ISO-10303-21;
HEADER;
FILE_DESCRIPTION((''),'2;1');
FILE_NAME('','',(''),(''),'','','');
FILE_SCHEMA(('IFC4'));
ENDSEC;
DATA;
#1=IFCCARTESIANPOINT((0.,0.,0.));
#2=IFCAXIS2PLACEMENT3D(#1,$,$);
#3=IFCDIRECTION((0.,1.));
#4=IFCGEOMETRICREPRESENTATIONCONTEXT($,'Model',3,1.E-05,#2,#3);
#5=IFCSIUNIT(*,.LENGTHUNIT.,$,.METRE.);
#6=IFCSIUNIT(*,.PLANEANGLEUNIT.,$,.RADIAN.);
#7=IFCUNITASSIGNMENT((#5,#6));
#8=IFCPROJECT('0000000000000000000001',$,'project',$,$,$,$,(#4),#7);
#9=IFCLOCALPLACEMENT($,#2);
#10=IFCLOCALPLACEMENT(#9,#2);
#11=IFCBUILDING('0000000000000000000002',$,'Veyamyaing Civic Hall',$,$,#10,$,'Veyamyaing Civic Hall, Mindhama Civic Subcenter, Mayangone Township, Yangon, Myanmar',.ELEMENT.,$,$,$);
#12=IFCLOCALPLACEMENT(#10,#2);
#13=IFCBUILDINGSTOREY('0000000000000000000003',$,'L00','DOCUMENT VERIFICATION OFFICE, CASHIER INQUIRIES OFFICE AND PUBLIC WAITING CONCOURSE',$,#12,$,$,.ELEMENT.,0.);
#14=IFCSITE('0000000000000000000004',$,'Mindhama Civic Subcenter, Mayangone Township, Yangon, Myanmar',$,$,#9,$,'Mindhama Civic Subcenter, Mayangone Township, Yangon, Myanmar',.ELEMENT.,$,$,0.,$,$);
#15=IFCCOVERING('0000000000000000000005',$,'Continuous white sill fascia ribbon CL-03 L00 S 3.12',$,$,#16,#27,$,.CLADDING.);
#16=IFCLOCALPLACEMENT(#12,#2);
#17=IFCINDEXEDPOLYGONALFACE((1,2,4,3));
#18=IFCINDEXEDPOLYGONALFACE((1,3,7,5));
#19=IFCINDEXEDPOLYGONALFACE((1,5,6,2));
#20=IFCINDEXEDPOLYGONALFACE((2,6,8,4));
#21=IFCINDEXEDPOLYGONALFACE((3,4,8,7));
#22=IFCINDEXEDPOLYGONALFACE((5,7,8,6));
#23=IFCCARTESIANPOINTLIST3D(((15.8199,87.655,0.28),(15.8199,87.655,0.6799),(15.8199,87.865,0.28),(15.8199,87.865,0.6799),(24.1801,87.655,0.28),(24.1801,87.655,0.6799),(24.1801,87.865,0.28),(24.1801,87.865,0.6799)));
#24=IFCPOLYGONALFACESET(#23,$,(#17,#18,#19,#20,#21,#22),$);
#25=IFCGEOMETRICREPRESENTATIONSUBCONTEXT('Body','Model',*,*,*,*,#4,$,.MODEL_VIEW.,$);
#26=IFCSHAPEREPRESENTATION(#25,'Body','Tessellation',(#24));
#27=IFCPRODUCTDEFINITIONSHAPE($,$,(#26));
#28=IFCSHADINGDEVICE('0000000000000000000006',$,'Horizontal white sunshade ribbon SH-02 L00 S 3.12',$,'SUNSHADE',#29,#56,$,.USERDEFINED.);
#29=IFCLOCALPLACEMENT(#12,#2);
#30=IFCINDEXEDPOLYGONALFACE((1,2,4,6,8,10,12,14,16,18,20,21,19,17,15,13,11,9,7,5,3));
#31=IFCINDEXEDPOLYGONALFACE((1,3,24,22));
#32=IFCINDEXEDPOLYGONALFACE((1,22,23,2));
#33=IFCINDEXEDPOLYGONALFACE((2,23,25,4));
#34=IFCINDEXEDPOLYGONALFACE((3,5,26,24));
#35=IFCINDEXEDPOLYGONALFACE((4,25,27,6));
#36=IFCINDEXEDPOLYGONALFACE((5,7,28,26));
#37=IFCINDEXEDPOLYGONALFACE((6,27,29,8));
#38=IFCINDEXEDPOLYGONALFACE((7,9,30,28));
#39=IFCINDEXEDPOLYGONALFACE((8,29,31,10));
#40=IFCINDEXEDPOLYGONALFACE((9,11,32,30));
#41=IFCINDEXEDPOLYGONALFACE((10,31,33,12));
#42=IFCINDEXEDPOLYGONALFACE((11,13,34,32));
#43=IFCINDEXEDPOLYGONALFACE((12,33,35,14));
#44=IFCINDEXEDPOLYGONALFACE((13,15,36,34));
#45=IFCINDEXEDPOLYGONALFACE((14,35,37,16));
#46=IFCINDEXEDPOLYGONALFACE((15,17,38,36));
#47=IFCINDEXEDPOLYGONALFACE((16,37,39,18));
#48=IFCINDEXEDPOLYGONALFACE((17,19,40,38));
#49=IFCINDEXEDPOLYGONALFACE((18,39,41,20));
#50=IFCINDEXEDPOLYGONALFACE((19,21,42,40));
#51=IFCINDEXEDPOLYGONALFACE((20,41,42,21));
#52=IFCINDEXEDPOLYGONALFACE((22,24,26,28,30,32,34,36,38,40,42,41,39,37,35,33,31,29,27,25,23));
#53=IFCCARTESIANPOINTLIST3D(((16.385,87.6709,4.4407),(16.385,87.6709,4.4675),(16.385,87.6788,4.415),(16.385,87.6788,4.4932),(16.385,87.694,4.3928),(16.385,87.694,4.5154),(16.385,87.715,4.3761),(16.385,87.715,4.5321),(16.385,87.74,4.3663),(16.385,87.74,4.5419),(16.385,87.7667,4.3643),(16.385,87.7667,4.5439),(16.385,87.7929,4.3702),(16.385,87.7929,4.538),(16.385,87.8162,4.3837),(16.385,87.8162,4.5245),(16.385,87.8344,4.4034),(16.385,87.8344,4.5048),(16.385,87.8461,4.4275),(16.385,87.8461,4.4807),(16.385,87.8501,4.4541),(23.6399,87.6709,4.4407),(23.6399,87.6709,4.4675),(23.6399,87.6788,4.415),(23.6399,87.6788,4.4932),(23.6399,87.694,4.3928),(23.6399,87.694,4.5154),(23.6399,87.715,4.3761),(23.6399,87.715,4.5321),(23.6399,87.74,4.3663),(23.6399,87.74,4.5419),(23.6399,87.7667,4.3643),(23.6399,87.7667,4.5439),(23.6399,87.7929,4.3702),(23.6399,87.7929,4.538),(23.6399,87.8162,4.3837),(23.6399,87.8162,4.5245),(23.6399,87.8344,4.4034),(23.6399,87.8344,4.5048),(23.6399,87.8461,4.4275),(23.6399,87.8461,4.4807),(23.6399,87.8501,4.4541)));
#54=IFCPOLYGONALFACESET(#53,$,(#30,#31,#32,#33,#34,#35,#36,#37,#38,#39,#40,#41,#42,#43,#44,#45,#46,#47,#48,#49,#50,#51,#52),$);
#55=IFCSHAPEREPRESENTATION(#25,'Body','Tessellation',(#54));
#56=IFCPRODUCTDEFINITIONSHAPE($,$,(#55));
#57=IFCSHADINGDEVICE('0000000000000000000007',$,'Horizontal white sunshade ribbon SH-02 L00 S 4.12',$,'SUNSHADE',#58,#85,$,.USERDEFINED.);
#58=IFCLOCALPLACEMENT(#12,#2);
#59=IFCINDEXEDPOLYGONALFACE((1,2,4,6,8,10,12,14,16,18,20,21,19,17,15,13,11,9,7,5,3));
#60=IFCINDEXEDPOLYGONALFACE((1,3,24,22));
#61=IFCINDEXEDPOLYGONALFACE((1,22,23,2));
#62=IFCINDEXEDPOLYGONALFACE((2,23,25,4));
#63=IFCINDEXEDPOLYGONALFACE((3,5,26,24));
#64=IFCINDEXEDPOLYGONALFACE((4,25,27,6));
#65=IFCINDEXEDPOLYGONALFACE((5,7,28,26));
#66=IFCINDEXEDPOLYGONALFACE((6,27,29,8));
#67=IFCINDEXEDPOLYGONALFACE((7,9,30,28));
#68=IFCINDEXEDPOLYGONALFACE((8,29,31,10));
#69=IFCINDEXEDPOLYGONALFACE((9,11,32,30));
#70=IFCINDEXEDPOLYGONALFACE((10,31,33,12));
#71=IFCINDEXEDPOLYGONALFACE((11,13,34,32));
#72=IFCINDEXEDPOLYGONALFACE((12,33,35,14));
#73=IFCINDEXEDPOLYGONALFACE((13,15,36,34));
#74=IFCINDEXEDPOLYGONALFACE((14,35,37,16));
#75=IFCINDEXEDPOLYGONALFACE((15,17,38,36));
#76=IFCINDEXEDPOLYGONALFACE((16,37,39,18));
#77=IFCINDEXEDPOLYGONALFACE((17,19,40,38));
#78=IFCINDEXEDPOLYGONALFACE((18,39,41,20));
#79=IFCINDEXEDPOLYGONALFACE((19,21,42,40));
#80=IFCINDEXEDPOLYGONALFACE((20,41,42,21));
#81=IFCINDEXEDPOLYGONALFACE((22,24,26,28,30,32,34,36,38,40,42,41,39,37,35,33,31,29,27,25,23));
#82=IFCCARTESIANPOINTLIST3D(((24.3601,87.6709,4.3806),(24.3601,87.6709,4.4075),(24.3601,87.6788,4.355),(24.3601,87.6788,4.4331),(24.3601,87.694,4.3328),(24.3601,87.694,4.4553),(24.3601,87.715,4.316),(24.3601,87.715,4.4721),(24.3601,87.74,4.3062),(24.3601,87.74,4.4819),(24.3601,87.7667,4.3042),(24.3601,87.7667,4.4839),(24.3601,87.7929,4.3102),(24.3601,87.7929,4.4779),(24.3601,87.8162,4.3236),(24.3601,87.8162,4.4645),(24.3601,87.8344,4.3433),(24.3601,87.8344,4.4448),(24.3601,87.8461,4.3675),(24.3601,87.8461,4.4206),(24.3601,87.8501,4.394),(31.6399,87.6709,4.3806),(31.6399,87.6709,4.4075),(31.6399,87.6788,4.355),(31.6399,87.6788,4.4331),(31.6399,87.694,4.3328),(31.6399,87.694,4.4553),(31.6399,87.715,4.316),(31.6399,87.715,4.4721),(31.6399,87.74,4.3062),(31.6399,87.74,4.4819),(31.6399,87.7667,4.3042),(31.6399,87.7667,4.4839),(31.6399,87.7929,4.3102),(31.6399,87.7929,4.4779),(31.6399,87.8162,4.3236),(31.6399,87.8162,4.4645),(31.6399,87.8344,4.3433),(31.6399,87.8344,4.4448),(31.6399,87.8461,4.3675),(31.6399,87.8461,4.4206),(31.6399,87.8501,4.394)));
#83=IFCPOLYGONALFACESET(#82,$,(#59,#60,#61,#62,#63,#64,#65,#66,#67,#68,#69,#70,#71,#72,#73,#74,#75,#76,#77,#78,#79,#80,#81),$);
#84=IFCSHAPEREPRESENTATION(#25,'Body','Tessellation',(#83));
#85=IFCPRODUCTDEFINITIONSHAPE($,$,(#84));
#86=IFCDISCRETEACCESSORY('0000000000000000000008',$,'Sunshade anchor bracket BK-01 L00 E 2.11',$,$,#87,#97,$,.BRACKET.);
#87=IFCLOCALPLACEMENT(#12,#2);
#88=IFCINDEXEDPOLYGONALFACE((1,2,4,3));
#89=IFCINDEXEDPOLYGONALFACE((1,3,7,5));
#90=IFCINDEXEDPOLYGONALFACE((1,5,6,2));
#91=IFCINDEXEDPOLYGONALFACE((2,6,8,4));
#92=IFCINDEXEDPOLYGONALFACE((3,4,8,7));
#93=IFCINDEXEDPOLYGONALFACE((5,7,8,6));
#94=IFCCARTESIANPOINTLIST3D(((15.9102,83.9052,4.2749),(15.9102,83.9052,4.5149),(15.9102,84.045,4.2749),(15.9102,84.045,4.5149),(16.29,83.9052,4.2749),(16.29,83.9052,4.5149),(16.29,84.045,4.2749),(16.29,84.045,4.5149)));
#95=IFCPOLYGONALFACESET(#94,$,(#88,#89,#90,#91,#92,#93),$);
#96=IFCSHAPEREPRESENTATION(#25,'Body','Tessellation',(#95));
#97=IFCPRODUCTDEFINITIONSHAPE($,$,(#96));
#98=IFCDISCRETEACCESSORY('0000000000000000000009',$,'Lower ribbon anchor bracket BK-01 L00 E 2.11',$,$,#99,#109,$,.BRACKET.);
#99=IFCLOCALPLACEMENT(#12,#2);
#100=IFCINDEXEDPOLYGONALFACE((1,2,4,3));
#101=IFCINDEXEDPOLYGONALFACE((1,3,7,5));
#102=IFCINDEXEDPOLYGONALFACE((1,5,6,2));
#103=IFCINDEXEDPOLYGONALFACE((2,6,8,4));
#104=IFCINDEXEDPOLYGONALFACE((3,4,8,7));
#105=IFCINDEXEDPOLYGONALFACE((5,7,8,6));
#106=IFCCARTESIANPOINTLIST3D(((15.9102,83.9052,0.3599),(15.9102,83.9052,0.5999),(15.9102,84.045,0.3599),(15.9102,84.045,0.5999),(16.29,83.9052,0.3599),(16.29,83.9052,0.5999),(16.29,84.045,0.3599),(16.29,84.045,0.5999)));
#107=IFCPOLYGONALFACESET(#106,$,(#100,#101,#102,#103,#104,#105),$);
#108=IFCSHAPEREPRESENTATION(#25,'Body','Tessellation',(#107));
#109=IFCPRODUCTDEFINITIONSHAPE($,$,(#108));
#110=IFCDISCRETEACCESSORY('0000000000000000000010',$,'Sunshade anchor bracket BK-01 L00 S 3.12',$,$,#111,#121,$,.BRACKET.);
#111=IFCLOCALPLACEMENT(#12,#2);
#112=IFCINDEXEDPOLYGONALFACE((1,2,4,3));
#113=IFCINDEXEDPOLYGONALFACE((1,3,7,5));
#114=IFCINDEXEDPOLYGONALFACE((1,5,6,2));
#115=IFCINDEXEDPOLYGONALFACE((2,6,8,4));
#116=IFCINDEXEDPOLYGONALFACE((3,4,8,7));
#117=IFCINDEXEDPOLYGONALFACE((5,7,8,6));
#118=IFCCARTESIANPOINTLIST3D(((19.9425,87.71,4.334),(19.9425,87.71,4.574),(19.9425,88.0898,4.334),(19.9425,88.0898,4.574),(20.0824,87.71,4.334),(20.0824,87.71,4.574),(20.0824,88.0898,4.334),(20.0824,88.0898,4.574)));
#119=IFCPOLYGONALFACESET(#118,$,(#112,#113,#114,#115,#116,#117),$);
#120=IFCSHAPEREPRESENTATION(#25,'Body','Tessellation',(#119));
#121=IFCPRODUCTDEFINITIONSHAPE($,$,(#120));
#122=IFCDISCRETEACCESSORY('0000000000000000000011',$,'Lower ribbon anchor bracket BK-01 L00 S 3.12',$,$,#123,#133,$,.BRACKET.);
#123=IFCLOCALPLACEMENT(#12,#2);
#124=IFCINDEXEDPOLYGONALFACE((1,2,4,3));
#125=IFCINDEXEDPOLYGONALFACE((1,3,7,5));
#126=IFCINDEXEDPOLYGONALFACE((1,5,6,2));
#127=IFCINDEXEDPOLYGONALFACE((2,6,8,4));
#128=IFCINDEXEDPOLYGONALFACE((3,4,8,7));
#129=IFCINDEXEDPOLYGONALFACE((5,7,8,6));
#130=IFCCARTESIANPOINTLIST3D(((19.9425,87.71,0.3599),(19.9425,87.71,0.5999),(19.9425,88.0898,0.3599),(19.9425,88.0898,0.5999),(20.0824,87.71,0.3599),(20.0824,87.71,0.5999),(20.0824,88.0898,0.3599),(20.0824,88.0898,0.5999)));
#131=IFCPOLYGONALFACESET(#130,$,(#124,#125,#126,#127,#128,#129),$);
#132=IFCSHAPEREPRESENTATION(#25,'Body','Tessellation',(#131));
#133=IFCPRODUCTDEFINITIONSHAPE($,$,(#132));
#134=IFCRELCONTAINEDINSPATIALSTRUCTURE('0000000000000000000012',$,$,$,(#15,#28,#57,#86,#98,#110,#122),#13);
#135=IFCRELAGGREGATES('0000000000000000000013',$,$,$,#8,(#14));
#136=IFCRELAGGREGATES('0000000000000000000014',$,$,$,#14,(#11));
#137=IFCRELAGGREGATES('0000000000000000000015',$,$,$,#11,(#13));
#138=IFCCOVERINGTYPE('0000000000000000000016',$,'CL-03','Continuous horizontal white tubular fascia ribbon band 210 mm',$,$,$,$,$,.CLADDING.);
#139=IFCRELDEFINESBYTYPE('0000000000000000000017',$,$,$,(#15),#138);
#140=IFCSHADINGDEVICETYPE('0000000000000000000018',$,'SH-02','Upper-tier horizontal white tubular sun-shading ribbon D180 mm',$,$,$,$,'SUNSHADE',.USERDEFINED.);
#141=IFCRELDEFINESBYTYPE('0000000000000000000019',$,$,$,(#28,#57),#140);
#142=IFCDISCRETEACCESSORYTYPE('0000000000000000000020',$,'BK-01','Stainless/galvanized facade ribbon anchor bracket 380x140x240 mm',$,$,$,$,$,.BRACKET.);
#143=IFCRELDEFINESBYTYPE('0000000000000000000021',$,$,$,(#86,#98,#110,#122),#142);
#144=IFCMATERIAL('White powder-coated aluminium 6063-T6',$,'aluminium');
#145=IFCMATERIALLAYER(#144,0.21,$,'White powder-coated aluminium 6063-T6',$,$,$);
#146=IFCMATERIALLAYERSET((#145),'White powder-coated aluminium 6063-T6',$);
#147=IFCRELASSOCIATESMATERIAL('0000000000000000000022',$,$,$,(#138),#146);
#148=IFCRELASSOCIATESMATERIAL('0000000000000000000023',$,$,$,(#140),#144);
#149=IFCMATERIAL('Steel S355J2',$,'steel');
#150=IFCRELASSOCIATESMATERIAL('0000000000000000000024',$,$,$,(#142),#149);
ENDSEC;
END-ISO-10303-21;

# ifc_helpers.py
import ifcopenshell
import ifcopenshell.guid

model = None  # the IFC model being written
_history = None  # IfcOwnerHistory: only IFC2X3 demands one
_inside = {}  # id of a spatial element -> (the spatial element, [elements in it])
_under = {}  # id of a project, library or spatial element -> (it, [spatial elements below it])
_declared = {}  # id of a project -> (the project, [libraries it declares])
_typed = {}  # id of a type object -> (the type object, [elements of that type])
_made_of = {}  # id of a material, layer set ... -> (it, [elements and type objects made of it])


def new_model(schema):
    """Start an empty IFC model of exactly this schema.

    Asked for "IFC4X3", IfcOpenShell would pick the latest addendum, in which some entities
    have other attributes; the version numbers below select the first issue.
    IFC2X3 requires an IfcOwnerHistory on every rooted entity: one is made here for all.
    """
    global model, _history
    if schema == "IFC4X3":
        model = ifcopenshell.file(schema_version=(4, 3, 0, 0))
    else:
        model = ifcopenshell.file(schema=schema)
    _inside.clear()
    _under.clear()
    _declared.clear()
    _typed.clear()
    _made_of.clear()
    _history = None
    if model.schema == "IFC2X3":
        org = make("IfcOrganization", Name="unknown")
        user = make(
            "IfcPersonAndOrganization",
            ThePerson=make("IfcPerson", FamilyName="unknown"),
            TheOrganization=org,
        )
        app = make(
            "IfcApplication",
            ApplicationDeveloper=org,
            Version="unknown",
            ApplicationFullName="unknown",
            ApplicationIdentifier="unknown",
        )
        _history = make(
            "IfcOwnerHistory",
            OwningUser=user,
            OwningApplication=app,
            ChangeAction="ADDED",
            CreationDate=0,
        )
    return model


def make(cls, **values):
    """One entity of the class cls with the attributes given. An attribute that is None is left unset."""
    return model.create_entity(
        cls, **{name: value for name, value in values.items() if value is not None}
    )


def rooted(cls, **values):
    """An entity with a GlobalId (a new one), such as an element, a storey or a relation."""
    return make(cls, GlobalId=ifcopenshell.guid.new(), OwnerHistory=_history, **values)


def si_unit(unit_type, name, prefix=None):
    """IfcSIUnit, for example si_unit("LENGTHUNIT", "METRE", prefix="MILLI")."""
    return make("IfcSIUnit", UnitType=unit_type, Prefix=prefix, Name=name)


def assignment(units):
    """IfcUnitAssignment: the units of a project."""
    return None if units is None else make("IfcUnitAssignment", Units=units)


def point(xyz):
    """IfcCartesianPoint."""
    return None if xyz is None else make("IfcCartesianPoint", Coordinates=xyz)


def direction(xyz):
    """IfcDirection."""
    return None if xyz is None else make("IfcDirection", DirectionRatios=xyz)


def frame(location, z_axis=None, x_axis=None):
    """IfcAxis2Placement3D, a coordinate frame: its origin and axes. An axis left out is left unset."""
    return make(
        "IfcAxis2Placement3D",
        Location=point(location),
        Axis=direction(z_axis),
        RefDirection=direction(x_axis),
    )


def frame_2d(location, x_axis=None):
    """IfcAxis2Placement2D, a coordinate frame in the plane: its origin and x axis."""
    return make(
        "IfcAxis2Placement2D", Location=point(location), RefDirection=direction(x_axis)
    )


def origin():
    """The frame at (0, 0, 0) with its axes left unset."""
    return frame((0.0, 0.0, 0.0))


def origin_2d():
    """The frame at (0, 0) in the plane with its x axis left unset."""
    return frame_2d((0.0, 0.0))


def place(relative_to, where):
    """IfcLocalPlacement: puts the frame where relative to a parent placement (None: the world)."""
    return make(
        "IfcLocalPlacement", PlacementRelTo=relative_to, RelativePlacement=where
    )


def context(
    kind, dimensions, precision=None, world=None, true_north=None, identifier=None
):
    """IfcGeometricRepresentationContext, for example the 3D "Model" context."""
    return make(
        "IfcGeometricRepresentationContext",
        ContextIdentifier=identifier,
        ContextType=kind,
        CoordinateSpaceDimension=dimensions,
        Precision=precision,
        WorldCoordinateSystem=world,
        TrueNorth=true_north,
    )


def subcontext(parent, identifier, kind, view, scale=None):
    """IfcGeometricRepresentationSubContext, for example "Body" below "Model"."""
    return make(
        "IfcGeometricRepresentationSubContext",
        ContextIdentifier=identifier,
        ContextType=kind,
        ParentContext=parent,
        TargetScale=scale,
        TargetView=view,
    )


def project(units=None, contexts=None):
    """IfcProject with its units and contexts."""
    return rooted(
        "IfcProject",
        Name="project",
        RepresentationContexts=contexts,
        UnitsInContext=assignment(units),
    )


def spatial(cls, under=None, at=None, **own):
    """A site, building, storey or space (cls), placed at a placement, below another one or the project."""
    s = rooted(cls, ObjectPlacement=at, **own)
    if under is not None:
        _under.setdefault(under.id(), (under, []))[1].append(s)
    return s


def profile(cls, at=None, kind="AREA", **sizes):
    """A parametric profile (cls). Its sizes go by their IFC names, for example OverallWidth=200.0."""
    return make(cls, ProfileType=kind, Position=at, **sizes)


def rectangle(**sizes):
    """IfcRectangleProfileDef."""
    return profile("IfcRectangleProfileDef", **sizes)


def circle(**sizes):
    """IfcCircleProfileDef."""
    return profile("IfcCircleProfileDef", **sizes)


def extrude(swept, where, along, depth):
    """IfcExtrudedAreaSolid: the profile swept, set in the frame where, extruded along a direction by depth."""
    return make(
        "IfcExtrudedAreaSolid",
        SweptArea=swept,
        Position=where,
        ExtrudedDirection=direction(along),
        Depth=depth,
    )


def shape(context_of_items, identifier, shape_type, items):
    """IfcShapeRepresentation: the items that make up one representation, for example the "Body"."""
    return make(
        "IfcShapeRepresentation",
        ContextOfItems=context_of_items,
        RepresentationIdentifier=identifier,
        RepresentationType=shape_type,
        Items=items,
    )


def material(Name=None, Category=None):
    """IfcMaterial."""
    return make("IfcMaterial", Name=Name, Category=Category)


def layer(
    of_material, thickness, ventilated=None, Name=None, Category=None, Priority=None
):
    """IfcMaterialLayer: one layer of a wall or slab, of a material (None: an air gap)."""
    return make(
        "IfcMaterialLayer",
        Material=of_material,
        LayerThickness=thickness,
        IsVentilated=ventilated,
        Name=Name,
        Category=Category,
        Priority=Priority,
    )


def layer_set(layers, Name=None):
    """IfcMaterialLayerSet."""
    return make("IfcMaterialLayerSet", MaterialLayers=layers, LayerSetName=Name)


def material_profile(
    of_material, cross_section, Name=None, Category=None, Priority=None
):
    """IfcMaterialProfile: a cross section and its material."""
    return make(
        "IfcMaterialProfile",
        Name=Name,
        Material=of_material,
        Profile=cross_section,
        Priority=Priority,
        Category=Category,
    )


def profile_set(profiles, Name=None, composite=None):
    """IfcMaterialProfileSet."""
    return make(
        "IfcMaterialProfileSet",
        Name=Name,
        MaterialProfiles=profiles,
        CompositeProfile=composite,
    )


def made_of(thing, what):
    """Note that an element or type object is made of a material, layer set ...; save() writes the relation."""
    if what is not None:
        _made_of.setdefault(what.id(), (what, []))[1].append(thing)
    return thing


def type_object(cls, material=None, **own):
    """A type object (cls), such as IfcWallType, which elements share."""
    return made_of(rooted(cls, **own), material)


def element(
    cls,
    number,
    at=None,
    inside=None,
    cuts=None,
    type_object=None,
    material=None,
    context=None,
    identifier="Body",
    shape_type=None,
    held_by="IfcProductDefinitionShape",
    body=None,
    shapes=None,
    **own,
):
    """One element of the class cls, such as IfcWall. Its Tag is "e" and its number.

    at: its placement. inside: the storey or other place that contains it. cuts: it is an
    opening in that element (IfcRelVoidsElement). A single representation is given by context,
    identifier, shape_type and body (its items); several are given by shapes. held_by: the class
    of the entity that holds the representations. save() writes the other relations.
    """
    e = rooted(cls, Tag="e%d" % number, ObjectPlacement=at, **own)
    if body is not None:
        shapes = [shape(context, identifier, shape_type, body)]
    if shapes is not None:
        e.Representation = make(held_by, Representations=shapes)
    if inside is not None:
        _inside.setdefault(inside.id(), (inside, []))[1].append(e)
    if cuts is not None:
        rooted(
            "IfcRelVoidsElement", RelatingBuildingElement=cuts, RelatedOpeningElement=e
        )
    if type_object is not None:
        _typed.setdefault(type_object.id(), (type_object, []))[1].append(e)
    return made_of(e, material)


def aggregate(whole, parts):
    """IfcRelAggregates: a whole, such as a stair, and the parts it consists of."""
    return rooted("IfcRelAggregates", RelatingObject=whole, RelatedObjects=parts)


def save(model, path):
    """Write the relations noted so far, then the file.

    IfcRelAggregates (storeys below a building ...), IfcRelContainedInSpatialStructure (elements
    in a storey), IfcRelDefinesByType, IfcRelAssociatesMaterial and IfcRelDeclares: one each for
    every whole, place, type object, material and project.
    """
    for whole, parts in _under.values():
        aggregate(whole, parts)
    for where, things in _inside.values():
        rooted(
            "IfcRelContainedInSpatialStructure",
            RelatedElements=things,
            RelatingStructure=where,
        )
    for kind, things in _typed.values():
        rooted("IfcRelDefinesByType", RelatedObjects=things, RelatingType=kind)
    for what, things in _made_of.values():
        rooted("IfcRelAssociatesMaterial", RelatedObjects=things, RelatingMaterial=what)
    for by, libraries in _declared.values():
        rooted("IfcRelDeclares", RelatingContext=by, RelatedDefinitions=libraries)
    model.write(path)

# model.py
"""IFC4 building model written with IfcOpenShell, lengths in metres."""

from ifc_helpers import new_model, si_unit, direction, frame, origin, origin_2d, place, context, subcontext, project, spatial, rectangle, circle, extrude, material, layer, layer_set, material_profile, profile_set, type_object, element, save


model = new_model("IFC4")

# Units and contexts
model_context = context("Model", 3, precision=1e-05, world=origin(), true_north=direction((0.0, 1.0)))
body_context = subcontext(model_context, "Body", "Model", "MODEL_VIEW")
ifc_project = project(units=[si_unit("LENGTHUNIT", "METRE"), si_unit("PLANEANGLEUNIT", "RADIAN")], contexts=[model_context])

# Site, building, storey
site_placement = place(None, origin())
site = spatial("IfcSite", under=ifc_project, at=site_placement, Name="Mindhama Civic Subcenter, Mayangone Township, Yangon, Myanmar", LongName="Mindhama Civic Subcenter, Mayangone Township, Yangon, Myanmar", CompositionType="ELEMENT", RefElevation=0.0)
building_placement = place(site_placement, origin())
building = spatial("IfcBuilding", under=site, at=building_placement, Name="Veyamyaing Civic Hall", LongName="Veyamyaing Civic Hall, Mindhama Civic Subcenter, Mayangone Township, Yangon, Myanmar", CompositionType="ELEMENT")
storey_placement = place(building_placement, origin())
storey = spatial("IfcBuildingStorey", under=building, at=storey_placement, Name="L00", Description="DOCUMENT VERIFICATION OFFICE, CASHIER INQUIRIES OFFICE AND PUBLIC WAITING CONCOURSE", CompositionType="ELEMENT", Elevation=0.0)

# Covering
ifc_material_1 = material(Name="White powder-coated aluminium 6063-T6", Category="aluminium")
ifc_layer_1 = layer(ifc_material_1, 0.21, Name="White powder-coated aluminium 6063-T6")
ifc_layer_set_1 = layer_set([ifc_layer_1], Name="White powder-coated aluminium 6063-T6")
covering_type_1 = type_object("IfcCoveringType", Name="CL-03", Description="Continuous horizontal white tubular fascia ribbon band 210 mm", PredefinedType="CLADDING", material=ifc_layer_set_1)
for number, where, z_axis, x_axis, name in (
    (1, (20.0, 87.76, 0.28), (0.0, 0.0, 1.0), (1.0, 0.0, 0.0), "Continuous white sill fascia ribbon CL-03 L00 S 3.12"),
):
    element("IfcCovering", number, at=place(storey_placement, frame(where, z_axis=z_axis, x_axis=x_axis)), inside=storey, type_object=covering_type_1, Name=name, PredefinedType="CLADDING", context=body_context, shape_type="SweptSolid", body=[
        extrude(rectangle(XDim=8.3601, YDim=0.21, at=origin_2d()), origin(), (0.0, 0.0, 1.0), 0.3999),
    ])

# Shading devices
ifc_material_profile_1 = material_profile(ifc_material_1, circle(Radius=0.0901, at=origin_2d()), Name="SHADE-TUBE-180")
ifc_profile_set_1 = profile_set([ifc_material_profile_1], Name="White powder-coated aluminium 6063-T6")
shading_device_type = type_object("IfcShadingDeviceType", Name="SH-02", Description="Upper-tier horizontal white tubular sun-shading ribbon D180 mm", ElementType="SUNSHADE", PredefinedType="USERDEFINED", material=ifc_profile_set_1)
shading_device_1_placement = place(storey_placement, frame((16.385, 87.76, 4.4541), z_axis=(1.0, 0.0, 0.0), x_axis=(0.0, 1.0, 0.0)))
element("IfcShadingDevice", 2, at=shading_device_1_placement, inside=storey, type_object=shading_device_type, Name="Horizontal white sunshade ribbon SH-02 L00 S 3.12", ObjectType="SUNSHADE", PredefinedType="USERDEFINED", context=body_context, shape_type="SweptSolid", body=[
    extrude(circle(Radius=0.0901, at=origin_2d()), origin(), (0.0, 0.0, 1.0), 7.2549),
])
shading_device_2_placement = place(storey_placement, frame((24.3601, 87.76, 4.394), z_axis=(1.0, 0.0, 0.0), x_axis=(0.0, 1.0, 0.0)))
element("IfcShadingDevice", 3, at=shading_device_2_placement, inside=storey, type_object=shading_device_type, Name="Horizontal white sunshade ribbon SH-02 L00 S 4.12", ObjectType="SUNSHADE", PredefinedType="USERDEFINED", context=body_context, shape_type="SweptSolid", body=[
    extrude(circle(Radius=0.0901, at=origin_2d()), origin(), (0.0, 0.0, 1.0), 7.2798),
])

# Discrete accessories
ifc_material_2 = material(Name="Steel S355J2", Category="steel")
discrete_accessory_type = type_object("IfcDiscreteAccessoryType", Name="BK-01", Description="Stainless/galvanized facade ribbon anchor bracket 380x140x240 mm", PredefinedType="BRACKET", material=ifc_material_2)
for number, where, z_axis, x_axis, name in (
    (4, (16.1001, 83.9751, 4.2749), (0.0, 0.0, 1.0), (1.0, 0.0, 0.0), "Sunshade anchor bracket BK-01 L00 E 2.11"),
    (5, (16.1001, 83.9751, 0.3599), (0.0, 0.0, 1.0), (1.0, 0.0, 0.0), "Lower ribbon anchor bracket BK-01 L00 E 2.11"),
    (6, (20.0125, 87.8999, 4.334), (0.0, 0.0, 1.0), (0.0, -1.0, 0.0), "Sunshade anchor bracket BK-01 L00 S 3.12"),
    (7, (20.0125, 87.8999, 0.3599), (0.0, 0.0, 1.0), (0.0, -1.0, 0.0), "Lower ribbon anchor bracket BK-01 L00 S 3.12"),
):
    element("IfcDiscreteAccessory", number, at=place(storey_placement, frame(where, z_axis=z_axis, x_axis=x_axis)), inside=storey, type_object=discrete_accessory_type, Name=name, PredefinedType="BRACKET", context=body_context, shape_type="SweptSolid", body=[
        extrude(rectangle(XDim=0.3799, YDim=0.1399, at=origin_2d()), origin(), (0.0, 0.0, 1.0), 0.24),
    ])

save(model, "model.ifc")
